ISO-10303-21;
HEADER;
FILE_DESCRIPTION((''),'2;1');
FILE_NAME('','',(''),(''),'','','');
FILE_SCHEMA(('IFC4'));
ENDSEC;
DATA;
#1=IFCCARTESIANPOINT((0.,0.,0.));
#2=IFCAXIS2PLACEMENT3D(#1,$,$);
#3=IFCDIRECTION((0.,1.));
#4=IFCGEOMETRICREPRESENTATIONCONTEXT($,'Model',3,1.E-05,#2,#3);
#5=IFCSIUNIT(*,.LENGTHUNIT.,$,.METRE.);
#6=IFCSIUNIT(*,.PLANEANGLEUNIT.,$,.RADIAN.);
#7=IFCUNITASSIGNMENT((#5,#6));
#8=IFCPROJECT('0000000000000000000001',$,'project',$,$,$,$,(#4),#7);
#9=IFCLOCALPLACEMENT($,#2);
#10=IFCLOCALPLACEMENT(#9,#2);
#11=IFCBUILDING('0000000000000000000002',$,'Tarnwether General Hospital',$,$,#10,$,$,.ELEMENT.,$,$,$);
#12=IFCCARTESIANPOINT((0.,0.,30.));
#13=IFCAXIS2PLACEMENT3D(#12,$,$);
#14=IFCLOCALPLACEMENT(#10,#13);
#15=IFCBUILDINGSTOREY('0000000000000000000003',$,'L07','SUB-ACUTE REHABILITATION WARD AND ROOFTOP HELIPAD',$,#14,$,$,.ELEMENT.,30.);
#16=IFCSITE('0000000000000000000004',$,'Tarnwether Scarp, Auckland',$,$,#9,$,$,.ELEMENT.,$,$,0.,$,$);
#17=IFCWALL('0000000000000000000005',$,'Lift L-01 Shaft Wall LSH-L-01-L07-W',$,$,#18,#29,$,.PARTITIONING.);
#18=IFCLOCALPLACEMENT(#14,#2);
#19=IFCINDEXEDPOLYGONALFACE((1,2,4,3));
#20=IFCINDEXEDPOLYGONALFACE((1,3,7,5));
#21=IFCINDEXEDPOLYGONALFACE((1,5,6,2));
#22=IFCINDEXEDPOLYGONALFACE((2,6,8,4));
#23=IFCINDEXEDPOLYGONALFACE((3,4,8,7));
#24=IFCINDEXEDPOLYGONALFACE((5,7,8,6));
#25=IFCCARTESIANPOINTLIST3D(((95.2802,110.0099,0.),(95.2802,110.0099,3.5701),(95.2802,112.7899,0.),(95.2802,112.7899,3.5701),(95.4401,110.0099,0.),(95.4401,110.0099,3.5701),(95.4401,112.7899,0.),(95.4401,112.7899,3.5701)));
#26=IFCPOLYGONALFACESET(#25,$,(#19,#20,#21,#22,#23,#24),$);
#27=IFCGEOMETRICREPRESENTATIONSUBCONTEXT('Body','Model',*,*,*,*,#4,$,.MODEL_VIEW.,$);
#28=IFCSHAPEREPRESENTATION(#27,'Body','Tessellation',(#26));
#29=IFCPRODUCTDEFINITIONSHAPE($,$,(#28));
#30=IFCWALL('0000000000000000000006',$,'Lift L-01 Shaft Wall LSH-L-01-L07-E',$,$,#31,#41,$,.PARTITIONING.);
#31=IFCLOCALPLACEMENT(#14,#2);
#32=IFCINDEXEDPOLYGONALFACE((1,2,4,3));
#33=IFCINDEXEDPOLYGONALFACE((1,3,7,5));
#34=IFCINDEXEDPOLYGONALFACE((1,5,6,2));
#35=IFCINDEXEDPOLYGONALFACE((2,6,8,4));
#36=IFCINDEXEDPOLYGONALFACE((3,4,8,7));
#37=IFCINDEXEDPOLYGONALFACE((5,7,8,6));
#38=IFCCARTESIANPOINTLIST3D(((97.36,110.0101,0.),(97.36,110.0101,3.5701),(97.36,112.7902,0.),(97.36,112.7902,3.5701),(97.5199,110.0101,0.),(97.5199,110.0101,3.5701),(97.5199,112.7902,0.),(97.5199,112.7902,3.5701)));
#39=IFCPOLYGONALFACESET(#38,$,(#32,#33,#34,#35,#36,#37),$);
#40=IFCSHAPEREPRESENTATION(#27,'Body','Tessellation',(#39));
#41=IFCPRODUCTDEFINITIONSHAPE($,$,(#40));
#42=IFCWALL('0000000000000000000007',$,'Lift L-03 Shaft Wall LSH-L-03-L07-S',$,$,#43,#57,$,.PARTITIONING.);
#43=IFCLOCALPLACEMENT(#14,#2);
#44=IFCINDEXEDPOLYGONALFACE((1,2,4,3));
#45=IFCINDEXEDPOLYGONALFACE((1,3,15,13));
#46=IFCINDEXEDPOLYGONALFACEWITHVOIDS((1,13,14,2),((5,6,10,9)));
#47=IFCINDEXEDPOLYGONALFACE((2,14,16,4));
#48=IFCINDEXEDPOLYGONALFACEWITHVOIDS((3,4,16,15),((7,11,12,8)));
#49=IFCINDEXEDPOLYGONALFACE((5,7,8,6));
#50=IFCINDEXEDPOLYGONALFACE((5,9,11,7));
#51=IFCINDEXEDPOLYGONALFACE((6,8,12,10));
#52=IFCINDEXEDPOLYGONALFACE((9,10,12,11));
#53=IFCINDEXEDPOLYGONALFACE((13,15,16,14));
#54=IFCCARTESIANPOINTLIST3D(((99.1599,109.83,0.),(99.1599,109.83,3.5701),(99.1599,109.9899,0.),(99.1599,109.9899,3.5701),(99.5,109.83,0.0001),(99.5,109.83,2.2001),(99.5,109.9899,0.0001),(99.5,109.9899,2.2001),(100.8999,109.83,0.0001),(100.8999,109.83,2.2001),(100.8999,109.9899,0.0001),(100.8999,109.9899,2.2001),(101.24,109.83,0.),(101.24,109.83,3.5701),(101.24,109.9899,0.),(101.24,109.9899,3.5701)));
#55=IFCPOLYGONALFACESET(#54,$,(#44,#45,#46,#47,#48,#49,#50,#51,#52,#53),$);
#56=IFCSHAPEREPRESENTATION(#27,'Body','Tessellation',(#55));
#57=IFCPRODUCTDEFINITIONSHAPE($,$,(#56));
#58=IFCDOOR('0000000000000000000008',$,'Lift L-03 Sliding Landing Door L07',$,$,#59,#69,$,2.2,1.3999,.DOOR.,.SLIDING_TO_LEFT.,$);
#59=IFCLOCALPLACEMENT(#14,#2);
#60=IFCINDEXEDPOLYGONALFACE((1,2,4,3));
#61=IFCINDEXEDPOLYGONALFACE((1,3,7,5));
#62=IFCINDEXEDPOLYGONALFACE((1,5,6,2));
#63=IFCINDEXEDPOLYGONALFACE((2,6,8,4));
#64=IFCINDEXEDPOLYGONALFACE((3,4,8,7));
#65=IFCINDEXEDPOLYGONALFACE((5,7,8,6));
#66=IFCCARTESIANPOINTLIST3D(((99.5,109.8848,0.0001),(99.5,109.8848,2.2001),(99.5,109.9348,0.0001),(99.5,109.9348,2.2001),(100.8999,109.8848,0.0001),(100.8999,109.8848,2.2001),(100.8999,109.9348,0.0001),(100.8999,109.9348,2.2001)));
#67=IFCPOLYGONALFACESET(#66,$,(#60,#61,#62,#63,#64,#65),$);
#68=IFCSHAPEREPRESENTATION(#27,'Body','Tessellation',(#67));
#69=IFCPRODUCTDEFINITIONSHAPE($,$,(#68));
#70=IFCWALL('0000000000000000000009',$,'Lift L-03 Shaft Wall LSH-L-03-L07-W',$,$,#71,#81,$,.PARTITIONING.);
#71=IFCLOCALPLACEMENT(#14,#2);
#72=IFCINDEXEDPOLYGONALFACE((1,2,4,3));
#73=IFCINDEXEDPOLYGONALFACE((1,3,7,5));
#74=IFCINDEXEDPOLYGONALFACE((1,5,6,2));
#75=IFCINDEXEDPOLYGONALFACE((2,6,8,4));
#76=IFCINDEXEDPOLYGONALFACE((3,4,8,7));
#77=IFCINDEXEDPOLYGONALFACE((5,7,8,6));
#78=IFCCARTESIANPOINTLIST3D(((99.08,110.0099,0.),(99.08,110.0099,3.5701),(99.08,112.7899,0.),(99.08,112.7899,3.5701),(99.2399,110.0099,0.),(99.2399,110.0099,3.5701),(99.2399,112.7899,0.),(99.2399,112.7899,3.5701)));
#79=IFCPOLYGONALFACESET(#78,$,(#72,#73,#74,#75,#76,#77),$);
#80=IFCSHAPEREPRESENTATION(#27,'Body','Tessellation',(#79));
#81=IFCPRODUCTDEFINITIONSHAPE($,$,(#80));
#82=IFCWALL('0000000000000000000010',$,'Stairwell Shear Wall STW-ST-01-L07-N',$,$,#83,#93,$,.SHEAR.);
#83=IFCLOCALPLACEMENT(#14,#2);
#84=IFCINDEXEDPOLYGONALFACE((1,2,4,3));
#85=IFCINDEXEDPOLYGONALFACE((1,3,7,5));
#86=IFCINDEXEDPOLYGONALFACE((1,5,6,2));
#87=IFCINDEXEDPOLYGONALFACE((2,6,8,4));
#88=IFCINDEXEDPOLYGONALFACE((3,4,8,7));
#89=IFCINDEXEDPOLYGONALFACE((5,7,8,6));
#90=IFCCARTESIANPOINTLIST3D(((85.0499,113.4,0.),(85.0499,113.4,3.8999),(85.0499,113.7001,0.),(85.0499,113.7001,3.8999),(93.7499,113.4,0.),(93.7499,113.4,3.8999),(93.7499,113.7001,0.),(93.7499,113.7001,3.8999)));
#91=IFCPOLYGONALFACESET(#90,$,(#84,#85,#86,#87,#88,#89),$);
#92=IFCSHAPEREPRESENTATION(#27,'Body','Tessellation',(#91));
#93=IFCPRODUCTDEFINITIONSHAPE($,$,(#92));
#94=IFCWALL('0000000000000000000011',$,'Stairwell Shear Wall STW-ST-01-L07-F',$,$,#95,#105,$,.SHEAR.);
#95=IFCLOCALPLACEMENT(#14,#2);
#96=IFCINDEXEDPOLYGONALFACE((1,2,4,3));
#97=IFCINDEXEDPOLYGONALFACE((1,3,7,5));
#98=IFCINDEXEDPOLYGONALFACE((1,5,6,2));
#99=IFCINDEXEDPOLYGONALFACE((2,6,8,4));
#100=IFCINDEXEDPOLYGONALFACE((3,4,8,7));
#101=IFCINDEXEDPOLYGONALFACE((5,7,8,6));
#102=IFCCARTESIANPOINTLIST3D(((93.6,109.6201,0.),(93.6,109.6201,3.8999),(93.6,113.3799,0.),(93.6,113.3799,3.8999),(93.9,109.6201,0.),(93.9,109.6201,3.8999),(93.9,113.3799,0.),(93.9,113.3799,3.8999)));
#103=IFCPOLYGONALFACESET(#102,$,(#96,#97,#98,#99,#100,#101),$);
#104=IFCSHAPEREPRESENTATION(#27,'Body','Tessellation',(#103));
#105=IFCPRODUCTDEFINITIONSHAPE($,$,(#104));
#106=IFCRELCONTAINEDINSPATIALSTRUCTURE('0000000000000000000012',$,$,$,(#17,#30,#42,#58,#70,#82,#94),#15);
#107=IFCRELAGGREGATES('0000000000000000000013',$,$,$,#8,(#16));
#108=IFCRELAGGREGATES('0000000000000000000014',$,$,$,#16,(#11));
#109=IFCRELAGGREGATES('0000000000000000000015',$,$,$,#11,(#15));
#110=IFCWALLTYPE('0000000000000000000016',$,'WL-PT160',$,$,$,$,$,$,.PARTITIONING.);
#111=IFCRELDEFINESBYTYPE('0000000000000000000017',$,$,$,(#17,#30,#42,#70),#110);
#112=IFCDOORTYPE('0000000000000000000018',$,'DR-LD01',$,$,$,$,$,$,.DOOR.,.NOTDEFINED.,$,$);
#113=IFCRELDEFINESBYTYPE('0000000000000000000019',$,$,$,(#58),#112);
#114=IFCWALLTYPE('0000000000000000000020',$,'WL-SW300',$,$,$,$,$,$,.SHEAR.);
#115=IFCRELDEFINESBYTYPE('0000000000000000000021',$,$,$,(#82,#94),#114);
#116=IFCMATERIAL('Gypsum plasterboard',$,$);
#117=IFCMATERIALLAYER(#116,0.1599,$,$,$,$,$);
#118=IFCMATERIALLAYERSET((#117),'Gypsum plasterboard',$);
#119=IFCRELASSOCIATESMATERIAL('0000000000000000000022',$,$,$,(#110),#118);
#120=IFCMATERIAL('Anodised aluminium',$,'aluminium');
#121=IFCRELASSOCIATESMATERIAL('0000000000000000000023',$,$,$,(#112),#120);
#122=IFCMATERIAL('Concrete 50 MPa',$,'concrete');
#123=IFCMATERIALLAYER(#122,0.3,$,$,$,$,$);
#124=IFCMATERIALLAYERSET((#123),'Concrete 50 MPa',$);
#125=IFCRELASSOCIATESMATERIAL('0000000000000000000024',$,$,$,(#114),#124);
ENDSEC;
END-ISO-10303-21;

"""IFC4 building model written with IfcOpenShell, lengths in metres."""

from ifc_helpers import new_model, si_unit, direction, frame, frame_2d, origin, place, context, subcontext, project, spatial, rectangle, extrude, material, layer, layer_set, type_object, element, fill, save


model = new_model("IFC4")

# Units and contexts
model_context = context("Model", 3, precision=1e-05, world=origin(), true_north=direction((0.0, 1.0)))
body_context = subcontext(model_context, "Body", "Model", "MODEL_VIEW")
ifc_project = project(units=[si_unit("LENGTHUNIT", "METRE"), si_unit("PLANEANGLEUNIT", "RADIAN")], contexts=[model_context])

# Site, building, storey
site_placement = place(None, origin())
site = spatial("IfcSite", under=ifc_project, at=site_placement, Name="Tarnwether Scarp, Auckland", CompositionType="ELEMENT", RefElevation=0.0)
building_placement = place(site_placement, origin())
building = spatial("IfcBuilding", under=site, at=building_placement, Name="Tarnwether General Hospital", CompositionType="ELEMENT")
storey_placement = place(building_placement, frame((0.0, 0.0, 30.0)))
storey = spatial("IfcBuildingStorey", under=building, at=storey_placement, Name="L07", Description="SUB-ACUTE REHABILITATION WARD AND ROOFTOP HELIPAD", CompositionType="ELEMENT", Elevation=30.0)

# Shared definitions
ifc_material_1 = material(Name="Gypsum plasterboard")
ifc_layer_1 = layer(ifc_material_1, 0.1599)
ifc_layer_set_1 = layer_set([ifc_layer_1], Name="Gypsum plasterboard")
wall_type_1 = type_object("IfcWallType", Name="WL-PT160", PredefinedType="PARTITIONING", material=ifc_layer_set_1)
ifc_material_2 = material(Name="Anodised aluminium", Category="aluminium")
door_type = type_object("IfcDoorType", Name="DR-LD01", OperationType="NOTDEFINED", PredefinedType="DOOR", material=ifc_material_2)

# Walls
for number, where, z_axis, x_axis, name in (
    (1, (95.3601, 112.79, 0.0), (0.0, 0.0, 1.0), (0.0, -1.0, 0.0), "Lift L-01 Shaft Wall LSH-L-01-L07-W"),
    (2, (97.4399, 110.01, 0.0), (0.0, 0.0, 1.0), (0.0, 1.0, 0.0), "Lift L-01 Shaft Wall LSH-L-01-L07-E"),
):
    element("IfcWall", number, at=place(storey_placement, frame(where, z_axis=z_axis, x_axis=x_axis)), inside=storey, type_object=wall_type_1, Name=name, PredefinedType="PARTITIONING", context=body_context, shape_type="SweptSolid", body=[
        extrude(rectangle(XDim=2.78, YDim=0.1599, at=frame_2d((1.3901, 0.0))), origin(), (0.0, 0.0, 1.0), 3.5701),
    ])

# Wall, opening, door
wall_1_placement = place(storey_placement, frame((99.1599, 109.9099, 0.0), z_axis=(0.0, 0.0, 1.0), x_axis=(1.0, 0.0, 0.0)))
wall_1 = element("IfcWall", 3, at=wall_1_placement, inside=storey, type_object=wall_type_1, Name="Lift L-03 Shaft Wall LSH-L-03-L07-S", PredefinedType="PARTITIONING", context=body_context, shape_type="SweptSolid", body=[
    extrude(rectangle(XDim=2.0801, YDim=0.1599, at=frame_2d((1.04, 0.0))), origin(), (0.0, 0.0, 1.0), 3.5701),
])
opening_1_placement = place(wall_1_placement, frame((0.3401, 0.0, 0.0)))
opening_1 = element("IfcOpeningElement", 4, at=opening_1_placement, cuts=wall_1, PredefinedType="OPENING", context=body_context, shape_type="SweptSolid", body=[
    extrude(rectangle(XDim=1.3999, YDim=2.2, at=frame_2d((0.7, 1.1001))), frame((0.0, 0.0898, 0.0), z_axis=(0.0, -1.0, 0.0), x_axis=(1.0, 0.0, 0.0)), (0.0, 0.0, 1.0), 0.1799),
])
door_1_placement = place(opening_1_placement, origin())
door_1 = element("IfcDoor", 5, at=door_1_placement, inside=storey, type_object=door_type, Name="Lift L-03 Sliding Landing Door L07", OperationType="SLIDING_TO_LEFT", OverallHeight=2.2, OverallWidth=1.3999, PredefinedType="DOOR", context=body_context, shape_type="SweptSolid", body=[
    extrude(rectangle(XDim=1.3999, YDim=2.2, at=frame_2d((0.7, 1.1001))), frame((0.0, 0.0249, 0.0), z_axis=(0.0, -1.0, 0.0), x_axis=(1.0, 0.0, 0.0)), (0.0, 0.0, 1.0), 0.05),
])
fill(opening_1, door_1)

# Walls
wall_2_placement = place(storey_placement, frame((99.1599, 112.79, 0.0), z_axis=(0.0, 0.0, 1.0), x_axis=(0.0, -1.0, 0.0)))
element("IfcWall", 6, at=wall_2_placement, inside=storey, type_object=wall_type_1, Name="Lift L-03 Shaft Wall LSH-L-03-L07-W", PredefinedType="PARTITIONING", context=body_context, shape_type="SweptSolid", body=[
    extrude(rectangle(XDim=2.78, YDim=0.1599, at=frame_2d((1.3901, 0.0))), origin(), (0.0, 0.0, 1.0), 3.5701),
])
ifc_material_3 = material(Name="Concrete 50 MPa", Category="concrete")
ifc_layer_2 = layer(ifc_material_3, 0.3)
ifc_layer_set_2 = layer_set([ifc_layer_2], Name="Concrete 50 MPa")
wall_type_2 = type_object("IfcWallType", Name="WL-SW300", PredefinedType="SHEAR", material=ifc_layer_set_2)
wall_3_placement = place(storey_placement, frame((93.75, 113.55, 0.0), z_axis=(0.0, 0.0, 1.0), x_axis=(-1.0, 0.0, 0.0)))
element("IfcWall", 7, at=wall_3_placement, inside=storey, type_object=wall_type_2, Name="Stairwell Shear Wall STW-ST-01-L07-N", PredefinedType="SHEAR", context=body_context, shape_type="SweptSolid", body=[
    extrude(rectangle(XDim=8.7, YDim=0.3, at=frame_2d((4.3501, 0.0))), origin(), (0.0, 0.0, 1.0), 3.8999),
])
wall_4_placement = place(storey_placement, frame((93.75, 109.6201, 0.0), z_axis=(0.0, 0.0, 1.0), x_axis=(0.0, 1.0, 0.0)))
element("IfcWall", 8, at=wall_4_placement, inside=storey, type_object=wall_type_2, Name="Stairwell Shear Wall STW-ST-01-L07-F", PredefinedType="SHEAR", context=body_context, shape_type="SweptSolid", body=[
    extrude(rectangle(XDim=3.7598, YDim=0.3, at=frame_2d((1.8799, 0.0))), origin(), (0.0, 0.0, 1.0), 3.8999),
])

save(model, "model.ifc")
